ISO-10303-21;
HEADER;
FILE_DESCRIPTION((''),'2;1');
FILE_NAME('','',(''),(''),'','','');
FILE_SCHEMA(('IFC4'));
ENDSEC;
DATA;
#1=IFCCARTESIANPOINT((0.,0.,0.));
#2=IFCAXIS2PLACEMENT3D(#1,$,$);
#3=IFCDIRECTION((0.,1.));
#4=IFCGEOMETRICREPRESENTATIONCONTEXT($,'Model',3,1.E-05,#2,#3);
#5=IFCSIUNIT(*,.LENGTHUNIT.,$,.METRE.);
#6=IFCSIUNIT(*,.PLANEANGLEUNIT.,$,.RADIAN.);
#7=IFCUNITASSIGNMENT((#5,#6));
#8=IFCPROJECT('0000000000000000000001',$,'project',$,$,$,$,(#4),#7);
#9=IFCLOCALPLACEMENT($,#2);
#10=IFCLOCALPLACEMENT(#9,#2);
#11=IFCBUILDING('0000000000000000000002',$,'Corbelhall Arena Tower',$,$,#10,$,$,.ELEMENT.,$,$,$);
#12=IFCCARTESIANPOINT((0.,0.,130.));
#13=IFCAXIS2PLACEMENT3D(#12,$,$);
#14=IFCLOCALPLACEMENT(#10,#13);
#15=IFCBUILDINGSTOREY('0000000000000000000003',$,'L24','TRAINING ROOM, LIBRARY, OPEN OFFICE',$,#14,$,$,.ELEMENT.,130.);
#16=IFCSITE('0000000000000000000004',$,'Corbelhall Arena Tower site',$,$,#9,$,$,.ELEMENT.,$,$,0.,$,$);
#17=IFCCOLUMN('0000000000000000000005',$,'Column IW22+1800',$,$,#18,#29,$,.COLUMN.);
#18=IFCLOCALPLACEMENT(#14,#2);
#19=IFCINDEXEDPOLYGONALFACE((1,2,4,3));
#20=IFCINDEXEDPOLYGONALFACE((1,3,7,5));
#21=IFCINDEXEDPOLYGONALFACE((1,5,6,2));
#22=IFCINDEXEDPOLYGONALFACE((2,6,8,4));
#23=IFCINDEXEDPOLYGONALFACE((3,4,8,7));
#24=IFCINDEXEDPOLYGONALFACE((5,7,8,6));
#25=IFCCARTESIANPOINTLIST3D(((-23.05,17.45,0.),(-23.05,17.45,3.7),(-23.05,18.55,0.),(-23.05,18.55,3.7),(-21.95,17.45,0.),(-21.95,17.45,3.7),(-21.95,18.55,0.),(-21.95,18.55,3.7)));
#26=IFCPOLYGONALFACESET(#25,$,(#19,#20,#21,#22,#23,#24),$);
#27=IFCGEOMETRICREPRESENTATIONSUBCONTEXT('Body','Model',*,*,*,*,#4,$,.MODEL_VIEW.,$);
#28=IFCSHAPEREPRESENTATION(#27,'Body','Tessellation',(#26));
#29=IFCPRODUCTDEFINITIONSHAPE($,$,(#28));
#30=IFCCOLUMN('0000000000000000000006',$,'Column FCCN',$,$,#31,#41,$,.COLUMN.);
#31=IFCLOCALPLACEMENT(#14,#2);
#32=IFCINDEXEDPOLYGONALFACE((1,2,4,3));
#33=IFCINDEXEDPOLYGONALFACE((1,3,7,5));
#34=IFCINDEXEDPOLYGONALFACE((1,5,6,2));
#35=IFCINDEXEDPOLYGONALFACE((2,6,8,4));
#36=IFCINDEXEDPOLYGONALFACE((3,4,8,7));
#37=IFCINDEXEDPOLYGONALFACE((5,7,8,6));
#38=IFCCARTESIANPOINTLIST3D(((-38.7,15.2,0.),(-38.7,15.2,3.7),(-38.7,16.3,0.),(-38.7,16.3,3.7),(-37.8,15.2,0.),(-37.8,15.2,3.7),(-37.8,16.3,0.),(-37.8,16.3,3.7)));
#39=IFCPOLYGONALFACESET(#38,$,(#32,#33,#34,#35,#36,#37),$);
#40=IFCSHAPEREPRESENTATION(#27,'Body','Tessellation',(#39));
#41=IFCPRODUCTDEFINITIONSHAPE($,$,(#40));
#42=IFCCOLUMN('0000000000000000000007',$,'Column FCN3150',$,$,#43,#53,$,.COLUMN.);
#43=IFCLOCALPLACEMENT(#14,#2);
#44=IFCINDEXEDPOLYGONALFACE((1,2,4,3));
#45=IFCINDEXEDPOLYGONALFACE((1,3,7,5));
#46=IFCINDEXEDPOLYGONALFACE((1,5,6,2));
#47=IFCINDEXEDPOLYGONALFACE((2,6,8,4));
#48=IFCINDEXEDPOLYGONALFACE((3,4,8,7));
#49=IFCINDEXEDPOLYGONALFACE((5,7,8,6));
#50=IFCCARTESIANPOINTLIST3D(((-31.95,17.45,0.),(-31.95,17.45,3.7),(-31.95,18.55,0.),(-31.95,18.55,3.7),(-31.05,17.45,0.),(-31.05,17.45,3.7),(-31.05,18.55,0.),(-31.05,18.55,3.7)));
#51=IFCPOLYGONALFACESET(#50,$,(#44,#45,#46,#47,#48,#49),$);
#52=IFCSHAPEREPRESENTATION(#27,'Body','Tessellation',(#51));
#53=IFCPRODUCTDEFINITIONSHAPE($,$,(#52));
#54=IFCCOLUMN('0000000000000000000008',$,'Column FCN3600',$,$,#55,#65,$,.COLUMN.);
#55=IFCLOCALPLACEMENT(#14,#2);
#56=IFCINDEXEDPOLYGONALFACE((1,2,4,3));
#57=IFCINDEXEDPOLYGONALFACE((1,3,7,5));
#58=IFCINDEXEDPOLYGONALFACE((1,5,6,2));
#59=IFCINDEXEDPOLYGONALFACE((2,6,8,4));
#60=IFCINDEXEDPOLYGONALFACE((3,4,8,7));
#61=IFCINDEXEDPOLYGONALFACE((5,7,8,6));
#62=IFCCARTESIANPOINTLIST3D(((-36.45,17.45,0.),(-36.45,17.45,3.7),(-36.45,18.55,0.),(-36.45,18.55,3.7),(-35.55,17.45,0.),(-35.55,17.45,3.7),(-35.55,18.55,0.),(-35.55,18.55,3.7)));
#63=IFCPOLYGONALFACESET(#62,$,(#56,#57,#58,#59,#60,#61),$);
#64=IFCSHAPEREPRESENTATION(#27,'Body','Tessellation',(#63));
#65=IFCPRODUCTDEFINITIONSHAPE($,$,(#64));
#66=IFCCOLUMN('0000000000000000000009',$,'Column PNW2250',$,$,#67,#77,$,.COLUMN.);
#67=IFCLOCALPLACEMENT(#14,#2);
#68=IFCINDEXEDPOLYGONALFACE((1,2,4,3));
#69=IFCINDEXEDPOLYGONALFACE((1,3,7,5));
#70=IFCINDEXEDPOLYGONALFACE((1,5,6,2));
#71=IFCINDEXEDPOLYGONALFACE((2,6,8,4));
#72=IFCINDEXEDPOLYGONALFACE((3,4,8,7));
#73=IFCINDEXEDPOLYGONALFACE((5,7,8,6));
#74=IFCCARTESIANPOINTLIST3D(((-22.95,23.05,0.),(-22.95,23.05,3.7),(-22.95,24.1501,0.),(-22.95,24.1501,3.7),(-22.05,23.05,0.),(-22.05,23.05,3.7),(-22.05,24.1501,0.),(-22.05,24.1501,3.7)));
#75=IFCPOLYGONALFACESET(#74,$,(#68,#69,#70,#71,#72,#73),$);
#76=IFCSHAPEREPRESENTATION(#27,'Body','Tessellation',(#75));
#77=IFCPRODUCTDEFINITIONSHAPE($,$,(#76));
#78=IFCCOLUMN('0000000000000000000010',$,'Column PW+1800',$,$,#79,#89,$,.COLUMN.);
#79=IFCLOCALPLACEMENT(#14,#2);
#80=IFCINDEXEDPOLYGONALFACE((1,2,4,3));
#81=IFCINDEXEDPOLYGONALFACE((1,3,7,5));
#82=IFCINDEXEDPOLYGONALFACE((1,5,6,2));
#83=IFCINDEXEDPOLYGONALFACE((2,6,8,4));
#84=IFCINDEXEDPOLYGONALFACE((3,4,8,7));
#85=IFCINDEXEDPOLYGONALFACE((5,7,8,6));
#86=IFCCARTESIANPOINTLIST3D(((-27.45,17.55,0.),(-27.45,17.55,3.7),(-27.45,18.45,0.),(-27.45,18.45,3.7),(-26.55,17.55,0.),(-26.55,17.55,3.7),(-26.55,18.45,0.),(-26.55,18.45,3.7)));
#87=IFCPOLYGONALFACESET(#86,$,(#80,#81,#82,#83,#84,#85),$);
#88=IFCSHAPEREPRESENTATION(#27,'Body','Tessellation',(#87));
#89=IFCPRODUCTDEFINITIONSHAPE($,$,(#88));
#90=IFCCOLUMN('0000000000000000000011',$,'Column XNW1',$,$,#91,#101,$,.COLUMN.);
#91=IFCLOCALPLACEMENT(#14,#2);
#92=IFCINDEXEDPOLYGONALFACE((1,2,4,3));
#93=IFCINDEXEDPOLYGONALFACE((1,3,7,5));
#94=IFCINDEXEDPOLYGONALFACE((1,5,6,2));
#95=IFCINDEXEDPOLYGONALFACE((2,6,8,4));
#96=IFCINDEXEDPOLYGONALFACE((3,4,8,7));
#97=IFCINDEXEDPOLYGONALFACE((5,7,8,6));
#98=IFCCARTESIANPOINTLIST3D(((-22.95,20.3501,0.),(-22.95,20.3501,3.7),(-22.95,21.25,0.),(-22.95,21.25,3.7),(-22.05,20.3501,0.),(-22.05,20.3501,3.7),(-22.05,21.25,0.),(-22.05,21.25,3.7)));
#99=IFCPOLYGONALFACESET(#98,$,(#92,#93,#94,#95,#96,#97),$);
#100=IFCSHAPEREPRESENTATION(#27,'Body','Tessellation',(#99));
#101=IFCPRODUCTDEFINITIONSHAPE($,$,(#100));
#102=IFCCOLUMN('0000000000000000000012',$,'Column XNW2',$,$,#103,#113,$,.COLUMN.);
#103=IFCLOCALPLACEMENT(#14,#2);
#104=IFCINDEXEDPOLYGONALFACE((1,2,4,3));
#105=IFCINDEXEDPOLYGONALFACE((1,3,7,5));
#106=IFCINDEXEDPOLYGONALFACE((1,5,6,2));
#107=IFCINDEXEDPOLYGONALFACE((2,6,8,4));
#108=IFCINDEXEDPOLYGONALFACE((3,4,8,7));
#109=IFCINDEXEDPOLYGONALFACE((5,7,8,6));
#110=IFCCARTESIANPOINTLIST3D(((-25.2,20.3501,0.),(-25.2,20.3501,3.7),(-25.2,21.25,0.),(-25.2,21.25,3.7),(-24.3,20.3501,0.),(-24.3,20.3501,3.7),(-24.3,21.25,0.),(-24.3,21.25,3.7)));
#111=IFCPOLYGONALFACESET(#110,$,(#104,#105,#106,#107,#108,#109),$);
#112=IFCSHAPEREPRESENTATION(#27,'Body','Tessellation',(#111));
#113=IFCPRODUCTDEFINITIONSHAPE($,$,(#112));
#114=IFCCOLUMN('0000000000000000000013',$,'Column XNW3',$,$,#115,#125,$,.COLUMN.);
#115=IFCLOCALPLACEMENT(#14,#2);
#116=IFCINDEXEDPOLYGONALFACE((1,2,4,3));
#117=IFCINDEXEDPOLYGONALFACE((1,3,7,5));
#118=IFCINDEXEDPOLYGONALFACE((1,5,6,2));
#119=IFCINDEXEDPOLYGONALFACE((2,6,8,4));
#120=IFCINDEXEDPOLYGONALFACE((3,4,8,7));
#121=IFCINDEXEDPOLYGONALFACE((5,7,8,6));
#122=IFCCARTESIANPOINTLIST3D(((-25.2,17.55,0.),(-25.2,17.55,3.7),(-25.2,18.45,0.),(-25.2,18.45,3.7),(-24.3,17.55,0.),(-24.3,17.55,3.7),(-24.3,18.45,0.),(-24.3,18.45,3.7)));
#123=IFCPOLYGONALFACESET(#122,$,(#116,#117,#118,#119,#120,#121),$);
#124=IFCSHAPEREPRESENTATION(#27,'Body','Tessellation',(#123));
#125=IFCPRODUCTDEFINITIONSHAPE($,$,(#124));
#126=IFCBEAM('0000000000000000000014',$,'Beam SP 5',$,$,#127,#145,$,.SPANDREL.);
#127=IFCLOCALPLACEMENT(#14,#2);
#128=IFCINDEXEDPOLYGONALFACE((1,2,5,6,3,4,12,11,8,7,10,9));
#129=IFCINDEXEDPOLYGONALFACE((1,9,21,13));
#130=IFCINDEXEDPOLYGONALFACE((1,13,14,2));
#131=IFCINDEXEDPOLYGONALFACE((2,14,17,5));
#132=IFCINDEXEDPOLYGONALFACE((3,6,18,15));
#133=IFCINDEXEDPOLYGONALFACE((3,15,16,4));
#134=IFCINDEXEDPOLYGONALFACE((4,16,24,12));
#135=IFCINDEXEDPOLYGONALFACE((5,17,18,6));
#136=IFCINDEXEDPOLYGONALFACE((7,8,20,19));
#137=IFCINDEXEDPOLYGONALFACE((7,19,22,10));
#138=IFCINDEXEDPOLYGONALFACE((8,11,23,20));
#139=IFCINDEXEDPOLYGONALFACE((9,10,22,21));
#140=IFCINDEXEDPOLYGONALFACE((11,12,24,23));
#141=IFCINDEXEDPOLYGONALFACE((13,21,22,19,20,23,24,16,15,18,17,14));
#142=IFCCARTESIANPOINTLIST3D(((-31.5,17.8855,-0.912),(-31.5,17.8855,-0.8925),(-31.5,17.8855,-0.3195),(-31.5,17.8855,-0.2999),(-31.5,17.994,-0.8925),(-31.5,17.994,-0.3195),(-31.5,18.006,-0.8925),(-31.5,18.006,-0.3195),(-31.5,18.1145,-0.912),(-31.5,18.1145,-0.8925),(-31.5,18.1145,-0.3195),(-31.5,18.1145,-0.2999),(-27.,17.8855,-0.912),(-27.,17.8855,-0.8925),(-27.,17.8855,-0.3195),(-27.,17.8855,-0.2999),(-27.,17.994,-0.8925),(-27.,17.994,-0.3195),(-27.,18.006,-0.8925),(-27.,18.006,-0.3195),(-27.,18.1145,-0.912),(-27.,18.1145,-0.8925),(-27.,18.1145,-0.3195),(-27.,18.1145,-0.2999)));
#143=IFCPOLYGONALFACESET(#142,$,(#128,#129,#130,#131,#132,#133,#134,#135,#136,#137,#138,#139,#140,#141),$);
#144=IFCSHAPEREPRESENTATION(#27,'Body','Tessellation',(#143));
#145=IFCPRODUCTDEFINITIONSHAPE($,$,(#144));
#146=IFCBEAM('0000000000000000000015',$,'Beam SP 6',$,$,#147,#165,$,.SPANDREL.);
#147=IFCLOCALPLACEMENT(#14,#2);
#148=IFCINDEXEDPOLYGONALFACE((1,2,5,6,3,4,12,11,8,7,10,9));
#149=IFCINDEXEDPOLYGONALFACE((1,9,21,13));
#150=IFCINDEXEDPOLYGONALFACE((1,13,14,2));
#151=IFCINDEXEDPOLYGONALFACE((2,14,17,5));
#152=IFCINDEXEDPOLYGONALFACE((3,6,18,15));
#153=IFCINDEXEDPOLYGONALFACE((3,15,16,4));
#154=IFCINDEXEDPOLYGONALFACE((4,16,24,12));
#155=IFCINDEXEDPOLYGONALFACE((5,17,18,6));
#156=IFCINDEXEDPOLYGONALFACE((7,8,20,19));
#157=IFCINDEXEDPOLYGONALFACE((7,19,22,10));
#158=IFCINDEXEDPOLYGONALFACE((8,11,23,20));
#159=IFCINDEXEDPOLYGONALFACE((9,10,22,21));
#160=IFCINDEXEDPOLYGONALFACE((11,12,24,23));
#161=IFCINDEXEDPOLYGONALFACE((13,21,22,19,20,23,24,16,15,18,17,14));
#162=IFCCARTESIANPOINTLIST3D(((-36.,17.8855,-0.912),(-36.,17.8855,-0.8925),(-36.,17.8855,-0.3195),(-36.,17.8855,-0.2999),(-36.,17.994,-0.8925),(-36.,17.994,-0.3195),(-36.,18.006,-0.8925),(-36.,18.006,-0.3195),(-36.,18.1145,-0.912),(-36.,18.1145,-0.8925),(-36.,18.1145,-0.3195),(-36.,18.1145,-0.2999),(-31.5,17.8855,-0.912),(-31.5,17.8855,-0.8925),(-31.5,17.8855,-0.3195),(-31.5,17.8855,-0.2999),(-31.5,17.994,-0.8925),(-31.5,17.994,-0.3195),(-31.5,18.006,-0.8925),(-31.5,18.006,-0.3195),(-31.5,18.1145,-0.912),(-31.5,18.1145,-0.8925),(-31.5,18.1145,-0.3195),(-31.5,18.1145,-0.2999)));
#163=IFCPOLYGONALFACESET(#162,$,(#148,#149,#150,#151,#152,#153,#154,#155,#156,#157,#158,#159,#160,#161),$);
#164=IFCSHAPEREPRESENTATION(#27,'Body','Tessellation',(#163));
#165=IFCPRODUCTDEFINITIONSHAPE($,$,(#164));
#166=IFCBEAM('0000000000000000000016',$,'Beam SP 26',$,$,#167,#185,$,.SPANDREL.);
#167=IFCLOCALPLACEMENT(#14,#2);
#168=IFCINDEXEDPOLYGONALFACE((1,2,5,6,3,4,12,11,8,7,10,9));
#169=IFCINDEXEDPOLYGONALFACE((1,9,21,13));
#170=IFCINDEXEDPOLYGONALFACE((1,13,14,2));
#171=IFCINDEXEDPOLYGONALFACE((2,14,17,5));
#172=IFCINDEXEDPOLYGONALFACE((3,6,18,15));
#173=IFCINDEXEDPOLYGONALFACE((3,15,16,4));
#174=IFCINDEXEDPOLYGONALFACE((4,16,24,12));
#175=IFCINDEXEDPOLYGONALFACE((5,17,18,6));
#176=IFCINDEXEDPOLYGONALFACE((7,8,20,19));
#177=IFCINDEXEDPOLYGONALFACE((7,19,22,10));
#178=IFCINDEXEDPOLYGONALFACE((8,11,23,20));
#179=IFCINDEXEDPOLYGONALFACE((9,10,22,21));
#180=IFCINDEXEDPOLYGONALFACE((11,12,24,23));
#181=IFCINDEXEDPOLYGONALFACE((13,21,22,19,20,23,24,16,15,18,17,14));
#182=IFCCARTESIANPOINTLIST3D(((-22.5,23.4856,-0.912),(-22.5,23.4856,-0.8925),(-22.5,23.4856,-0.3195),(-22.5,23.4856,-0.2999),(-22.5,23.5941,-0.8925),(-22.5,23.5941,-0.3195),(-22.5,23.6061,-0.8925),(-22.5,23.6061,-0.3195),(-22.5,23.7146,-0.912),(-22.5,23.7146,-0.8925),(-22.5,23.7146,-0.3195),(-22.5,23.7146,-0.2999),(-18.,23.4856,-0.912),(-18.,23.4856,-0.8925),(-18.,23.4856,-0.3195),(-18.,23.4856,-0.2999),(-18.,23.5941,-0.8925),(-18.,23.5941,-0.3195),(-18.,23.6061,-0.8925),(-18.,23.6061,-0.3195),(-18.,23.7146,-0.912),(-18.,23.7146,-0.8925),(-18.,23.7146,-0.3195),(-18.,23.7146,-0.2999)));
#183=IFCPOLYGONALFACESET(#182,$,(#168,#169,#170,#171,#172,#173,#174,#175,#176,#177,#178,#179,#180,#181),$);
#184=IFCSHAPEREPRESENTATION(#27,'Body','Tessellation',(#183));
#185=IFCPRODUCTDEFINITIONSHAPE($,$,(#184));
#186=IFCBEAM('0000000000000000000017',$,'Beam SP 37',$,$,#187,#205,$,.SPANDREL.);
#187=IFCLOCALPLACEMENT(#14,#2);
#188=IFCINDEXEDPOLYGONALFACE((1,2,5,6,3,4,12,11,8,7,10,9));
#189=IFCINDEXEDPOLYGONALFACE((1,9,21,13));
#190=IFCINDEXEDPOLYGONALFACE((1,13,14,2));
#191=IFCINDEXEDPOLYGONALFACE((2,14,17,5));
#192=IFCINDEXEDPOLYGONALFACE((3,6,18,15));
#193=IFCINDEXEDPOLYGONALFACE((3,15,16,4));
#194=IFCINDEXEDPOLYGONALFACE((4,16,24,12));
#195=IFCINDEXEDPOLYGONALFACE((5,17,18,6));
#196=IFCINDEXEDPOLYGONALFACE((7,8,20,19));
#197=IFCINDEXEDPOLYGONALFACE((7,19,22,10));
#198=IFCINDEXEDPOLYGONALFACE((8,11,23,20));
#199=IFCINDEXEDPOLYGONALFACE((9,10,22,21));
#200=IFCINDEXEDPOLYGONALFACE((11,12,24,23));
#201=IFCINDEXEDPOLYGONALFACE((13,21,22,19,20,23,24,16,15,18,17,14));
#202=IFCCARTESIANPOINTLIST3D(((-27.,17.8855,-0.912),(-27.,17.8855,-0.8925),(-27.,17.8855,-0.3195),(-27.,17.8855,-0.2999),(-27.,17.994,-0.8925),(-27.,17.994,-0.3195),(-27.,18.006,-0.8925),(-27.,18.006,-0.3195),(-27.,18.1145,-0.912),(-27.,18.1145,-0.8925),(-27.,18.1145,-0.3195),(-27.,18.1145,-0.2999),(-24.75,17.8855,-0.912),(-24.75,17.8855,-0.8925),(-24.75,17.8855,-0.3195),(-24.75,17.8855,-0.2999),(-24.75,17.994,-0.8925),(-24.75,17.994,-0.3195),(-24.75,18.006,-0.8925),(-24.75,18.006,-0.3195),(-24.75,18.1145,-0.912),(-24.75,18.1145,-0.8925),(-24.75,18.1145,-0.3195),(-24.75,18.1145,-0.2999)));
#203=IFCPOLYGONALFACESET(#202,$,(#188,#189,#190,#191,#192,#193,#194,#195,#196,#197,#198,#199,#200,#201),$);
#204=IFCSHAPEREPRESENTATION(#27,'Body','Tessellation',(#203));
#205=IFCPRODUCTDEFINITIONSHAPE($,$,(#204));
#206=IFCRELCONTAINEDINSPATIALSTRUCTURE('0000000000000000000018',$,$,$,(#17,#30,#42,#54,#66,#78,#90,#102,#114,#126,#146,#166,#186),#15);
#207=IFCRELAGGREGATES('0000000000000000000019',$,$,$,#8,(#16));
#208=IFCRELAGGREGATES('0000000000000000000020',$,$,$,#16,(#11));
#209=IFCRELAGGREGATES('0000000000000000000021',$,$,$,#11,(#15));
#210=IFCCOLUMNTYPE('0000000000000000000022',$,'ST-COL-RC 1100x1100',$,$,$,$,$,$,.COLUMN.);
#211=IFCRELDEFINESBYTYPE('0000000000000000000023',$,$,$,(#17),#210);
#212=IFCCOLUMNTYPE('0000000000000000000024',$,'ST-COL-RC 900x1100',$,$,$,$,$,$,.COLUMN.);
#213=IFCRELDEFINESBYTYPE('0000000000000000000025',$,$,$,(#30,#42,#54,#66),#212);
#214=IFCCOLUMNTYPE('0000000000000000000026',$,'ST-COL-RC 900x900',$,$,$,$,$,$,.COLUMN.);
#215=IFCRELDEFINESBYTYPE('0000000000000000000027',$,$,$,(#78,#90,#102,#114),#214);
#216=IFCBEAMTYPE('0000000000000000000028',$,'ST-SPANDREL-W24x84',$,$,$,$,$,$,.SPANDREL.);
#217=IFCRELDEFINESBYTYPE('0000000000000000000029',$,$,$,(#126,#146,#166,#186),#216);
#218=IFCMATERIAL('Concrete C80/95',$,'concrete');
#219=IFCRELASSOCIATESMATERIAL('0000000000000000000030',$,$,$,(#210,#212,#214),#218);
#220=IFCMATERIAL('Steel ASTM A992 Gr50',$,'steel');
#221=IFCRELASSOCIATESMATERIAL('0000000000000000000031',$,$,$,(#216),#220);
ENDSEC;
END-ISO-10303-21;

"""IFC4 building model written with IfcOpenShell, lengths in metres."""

from ifc_helpers import new_model, si_unit, direction, frame, origin, origin_2d, place, context, subcontext, project, spatial, rectangle, i_section, extrude, material, material_profile, profile_set, type_object, element, save


model = new_model("IFC4")

# Units and contexts
model_context = context("Model", 3, precision=1e-05, world=origin(), true_north=direction((0.0, 1.0)))
body_context = subcontext(model_context, "Body", "Model", "MODEL_VIEW")
ifc_project = project(units=[si_unit("LENGTHUNIT", "METRE"), si_unit("PLANEANGLEUNIT", "RADIAN")], contexts=[model_context])

# Site, building, storey
site_placement = place(None, origin())
site = spatial("IfcSite", under=ifc_project, at=site_placement, Name="Corbelhall Arena Tower site", CompositionType="ELEMENT", RefElevation=0.0)
building_placement = place(site_placement, origin())
building = spatial("IfcBuilding", under=site, at=building_placement, Name="Corbelhall Arena Tower", CompositionType="ELEMENT")
storey_placement = place(building_placement, frame((0.0, 0.0, 130.0)))
storey = spatial("IfcBuildingStorey", under=building, at=storey_placement, Name="L24", Description="TRAINING ROOM, LIBRARY, OPEN OFFICE", CompositionType="ELEMENT", Elevation=130.0)

# Columns
ifc_material_1 = material(Name="Concrete C80/95", Category="concrete")
ifc_material_profile_1 = material_profile(ifc_material_1, rectangle(XDim=1.1001, YDim=1.1001, at=origin_2d()))
ifc_profile_set_1 = profile_set([ifc_material_profile_1], Name="Concrete C80/95")
column_type_1 = type_object("IfcColumnType", Name="ST-COL-RC 1100x1100", PredefinedType="COLUMN", material=ifc_profile_set_1)
column_placement = place(storey_placement, frame((-22.5, 18.0, 0.0), z_axis=(0.0, 0.0, 1.0), x_axis=(1.0, 0.0, 0.0)))
element("IfcColumn", 1, at=column_placement, inside=storey, type_object=column_type_1, Name="Column IW22+1800", PredefinedType="COLUMN", context=body_context, shape_type="SweptSolid", body=[
    extrude(rectangle(XDim=1.1001, YDim=1.1001, at=origin_2d()), origin(), (0.0, 0.0, 1.0), 3.7),
])
ifc_material_profile_2 = material_profile(ifc_material_1, rectangle(XDim=0.8999, YDim=1.1001, at=origin_2d()))
ifc_profile_set_2 = profile_set([ifc_material_profile_2], Name="Concrete C80/95")
column_type_2 = type_object("IfcColumnType", Name="ST-COL-RC 900x1100", PredefinedType="COLUMN", material=ifc_profile_set_2)
for number, where, z_axis, x_axis, name in (
    (2, (-38.25, 15.75, 0.0), (0.0, 0.0, 1.0), (1.0, 0.0, 0.0), "Column FCCN"),
    (3, (-31.5, 18.0, 0.0), (0.0, 0.0, 1.0), (1.0, 0.0, 0.0), "Column FCN3150"),
    (4, (-36.0, 18.0, 0.0), (0.0, 0.0, 1.0), (1.0, 0.0, 0.0), "Column FCN3600"),
    (5, (-22.5, 23.6001, 0.0), (0.0, 0.0, 1.0), (1.0, 0.0, 0.0), "Column PNW2250"),
):
    element("IfcColumn", number, at=place(storey_placement, frame(where, z_axis=z_axis, x_axis=x_axis)), inside=storey, type_object=column_type_2, Name=name, PredefinedType="COLUMN", context=body_context, shape_type="SweptSolid", body=[
        extrude(rectangle(XDim=0.8999, YDim=1.1001, at=origin_2d()), origin(), (0.0, 0.0, 1.0), 3.7),
    ])
ifc_material_profile_3 = material_profile(ifc_material_1, rectangle(XDim=0.8999, YDim=0.8999, at=origin_2d()))
ifc_profile_set_3 = profile_set([ifc_material_profile_3], Name="Concrete C80/95")
column_type_3 = type_object("IfcColumnType", Name="ST-COL-RC 900x900", PredefinedType="COLUMN", material=ifc_profile_set_3)
for number, where, z_axis, x_axis, name in (
    (6, (-27.0, 18.0, 0.0), (0.0, 0.0, 1.0), (1.0, 0.0, 0.0), "Column PW+1800"),
    (7, (-22.5, 20.8, 0.0), (0.0, 0.0, 1.0), (1.0, 0.0, 0.0), "Column XNW1"),
    (8, (-24.75, 20.8, 0.0), (0.0, 0.0, 1.0), (1.0, 0.0, 0.0), "Column XNW2"),
    (9, (-24.75, 18.0, 0.0), (0.0, 0.0, 1.0), (1.0, 0.0, 0.0), "Column XNW3"),
):
    element("IfcColumn", number, at=place(storey_placement, frame(where, z_axis=z_axis, x_axis=x_axis)), inside=storey, type_object=column_type_3, Name=name, PredefinedType="COLUMN", context=body_context, shape_type="SweptSolid", body=[
        extrude(rectangle(XDim=0.8999, YDim=0.8999, at=origin_2d()), origin(), (0.0, 0.0, 1.0), 3.7),
    ])

# Beams
ifc_material_2 = material(Name="Steel ASTM A992 Gr50", Category="steel")
ifc_material_profile_4 = material_profile(ifc_material_2, i_section(OverallWidth=0.229, OverallDepth=0.6121, WebThickness=0.012, FlangeThickness=0.0195, at=origin_2d()))
ifc_profile_set_4 = profile_set([ifc_material_profile_4], Name="Steel ASTM A992 Gr50")
beam_type = type_object("IfcBeamType", Name="ST-SPANDREL-W24x84", PredefinedType="SPANDREL", material=ifc_profile_set_4)
for number, where, z_axis, x_axis, name in (
    (10, (-31.5, 18.0, -0.606), (1.0, 0.0, 0.0), (0.0, 1.0, 0.0), "Beam SP 5"),
    (11, (-36.0, 18.0, -0.606), (1.0, 0.0, 0.0), (0.0, 1.0, 0.0), "Beam SP 6"),
    (12, (-22.5, 23.6001, -0.606), (1.0, 0.0, 0.0), (0.0, 1.0, 0.0), "Beam SP 26"),
):
    element("IfcBeam", number, at=place(storey_placement, frame(where, z_axis=z_axis, x_axis=x_axis)), inside=storey, type_object=beam_type, Name=name, PredefinedType="SPANDREL", context=body_context, shape_type="SweptSolid", body=[
        extrude(i_section(OverallWidth=0.229, OverallDepth=0.6121, WebThickness=0.012, FlangeThickness=0.0195, at=origin_2d()), origin(), (0.0, 0.0, 1.0), 4.5),
    ])
beam_1_placement = place(storey_placement, frame((-27.0, 18.0, -0.606), z_axis=(1.0, 0.0, 0.0), x_axis=(0.0, 1.0, 0.0)))
element("IfcBeam", 13, at=beam_1_placement, inside=storey, type_object=beam_type, Name="Beam SP 37", PredefinedType="SPANDREL", context=body_context, shape_type="SweptSolid", body=[
    extrude(i_section(OverallWidth=0.229, OverallDepth=0.6121, WebThickness=0.012, FlangeThickness=0.0195, at=origin_2d()), origin(), (0.0, 0.0, 1.0), 2.25),
])

save(model, "model.ifc")
